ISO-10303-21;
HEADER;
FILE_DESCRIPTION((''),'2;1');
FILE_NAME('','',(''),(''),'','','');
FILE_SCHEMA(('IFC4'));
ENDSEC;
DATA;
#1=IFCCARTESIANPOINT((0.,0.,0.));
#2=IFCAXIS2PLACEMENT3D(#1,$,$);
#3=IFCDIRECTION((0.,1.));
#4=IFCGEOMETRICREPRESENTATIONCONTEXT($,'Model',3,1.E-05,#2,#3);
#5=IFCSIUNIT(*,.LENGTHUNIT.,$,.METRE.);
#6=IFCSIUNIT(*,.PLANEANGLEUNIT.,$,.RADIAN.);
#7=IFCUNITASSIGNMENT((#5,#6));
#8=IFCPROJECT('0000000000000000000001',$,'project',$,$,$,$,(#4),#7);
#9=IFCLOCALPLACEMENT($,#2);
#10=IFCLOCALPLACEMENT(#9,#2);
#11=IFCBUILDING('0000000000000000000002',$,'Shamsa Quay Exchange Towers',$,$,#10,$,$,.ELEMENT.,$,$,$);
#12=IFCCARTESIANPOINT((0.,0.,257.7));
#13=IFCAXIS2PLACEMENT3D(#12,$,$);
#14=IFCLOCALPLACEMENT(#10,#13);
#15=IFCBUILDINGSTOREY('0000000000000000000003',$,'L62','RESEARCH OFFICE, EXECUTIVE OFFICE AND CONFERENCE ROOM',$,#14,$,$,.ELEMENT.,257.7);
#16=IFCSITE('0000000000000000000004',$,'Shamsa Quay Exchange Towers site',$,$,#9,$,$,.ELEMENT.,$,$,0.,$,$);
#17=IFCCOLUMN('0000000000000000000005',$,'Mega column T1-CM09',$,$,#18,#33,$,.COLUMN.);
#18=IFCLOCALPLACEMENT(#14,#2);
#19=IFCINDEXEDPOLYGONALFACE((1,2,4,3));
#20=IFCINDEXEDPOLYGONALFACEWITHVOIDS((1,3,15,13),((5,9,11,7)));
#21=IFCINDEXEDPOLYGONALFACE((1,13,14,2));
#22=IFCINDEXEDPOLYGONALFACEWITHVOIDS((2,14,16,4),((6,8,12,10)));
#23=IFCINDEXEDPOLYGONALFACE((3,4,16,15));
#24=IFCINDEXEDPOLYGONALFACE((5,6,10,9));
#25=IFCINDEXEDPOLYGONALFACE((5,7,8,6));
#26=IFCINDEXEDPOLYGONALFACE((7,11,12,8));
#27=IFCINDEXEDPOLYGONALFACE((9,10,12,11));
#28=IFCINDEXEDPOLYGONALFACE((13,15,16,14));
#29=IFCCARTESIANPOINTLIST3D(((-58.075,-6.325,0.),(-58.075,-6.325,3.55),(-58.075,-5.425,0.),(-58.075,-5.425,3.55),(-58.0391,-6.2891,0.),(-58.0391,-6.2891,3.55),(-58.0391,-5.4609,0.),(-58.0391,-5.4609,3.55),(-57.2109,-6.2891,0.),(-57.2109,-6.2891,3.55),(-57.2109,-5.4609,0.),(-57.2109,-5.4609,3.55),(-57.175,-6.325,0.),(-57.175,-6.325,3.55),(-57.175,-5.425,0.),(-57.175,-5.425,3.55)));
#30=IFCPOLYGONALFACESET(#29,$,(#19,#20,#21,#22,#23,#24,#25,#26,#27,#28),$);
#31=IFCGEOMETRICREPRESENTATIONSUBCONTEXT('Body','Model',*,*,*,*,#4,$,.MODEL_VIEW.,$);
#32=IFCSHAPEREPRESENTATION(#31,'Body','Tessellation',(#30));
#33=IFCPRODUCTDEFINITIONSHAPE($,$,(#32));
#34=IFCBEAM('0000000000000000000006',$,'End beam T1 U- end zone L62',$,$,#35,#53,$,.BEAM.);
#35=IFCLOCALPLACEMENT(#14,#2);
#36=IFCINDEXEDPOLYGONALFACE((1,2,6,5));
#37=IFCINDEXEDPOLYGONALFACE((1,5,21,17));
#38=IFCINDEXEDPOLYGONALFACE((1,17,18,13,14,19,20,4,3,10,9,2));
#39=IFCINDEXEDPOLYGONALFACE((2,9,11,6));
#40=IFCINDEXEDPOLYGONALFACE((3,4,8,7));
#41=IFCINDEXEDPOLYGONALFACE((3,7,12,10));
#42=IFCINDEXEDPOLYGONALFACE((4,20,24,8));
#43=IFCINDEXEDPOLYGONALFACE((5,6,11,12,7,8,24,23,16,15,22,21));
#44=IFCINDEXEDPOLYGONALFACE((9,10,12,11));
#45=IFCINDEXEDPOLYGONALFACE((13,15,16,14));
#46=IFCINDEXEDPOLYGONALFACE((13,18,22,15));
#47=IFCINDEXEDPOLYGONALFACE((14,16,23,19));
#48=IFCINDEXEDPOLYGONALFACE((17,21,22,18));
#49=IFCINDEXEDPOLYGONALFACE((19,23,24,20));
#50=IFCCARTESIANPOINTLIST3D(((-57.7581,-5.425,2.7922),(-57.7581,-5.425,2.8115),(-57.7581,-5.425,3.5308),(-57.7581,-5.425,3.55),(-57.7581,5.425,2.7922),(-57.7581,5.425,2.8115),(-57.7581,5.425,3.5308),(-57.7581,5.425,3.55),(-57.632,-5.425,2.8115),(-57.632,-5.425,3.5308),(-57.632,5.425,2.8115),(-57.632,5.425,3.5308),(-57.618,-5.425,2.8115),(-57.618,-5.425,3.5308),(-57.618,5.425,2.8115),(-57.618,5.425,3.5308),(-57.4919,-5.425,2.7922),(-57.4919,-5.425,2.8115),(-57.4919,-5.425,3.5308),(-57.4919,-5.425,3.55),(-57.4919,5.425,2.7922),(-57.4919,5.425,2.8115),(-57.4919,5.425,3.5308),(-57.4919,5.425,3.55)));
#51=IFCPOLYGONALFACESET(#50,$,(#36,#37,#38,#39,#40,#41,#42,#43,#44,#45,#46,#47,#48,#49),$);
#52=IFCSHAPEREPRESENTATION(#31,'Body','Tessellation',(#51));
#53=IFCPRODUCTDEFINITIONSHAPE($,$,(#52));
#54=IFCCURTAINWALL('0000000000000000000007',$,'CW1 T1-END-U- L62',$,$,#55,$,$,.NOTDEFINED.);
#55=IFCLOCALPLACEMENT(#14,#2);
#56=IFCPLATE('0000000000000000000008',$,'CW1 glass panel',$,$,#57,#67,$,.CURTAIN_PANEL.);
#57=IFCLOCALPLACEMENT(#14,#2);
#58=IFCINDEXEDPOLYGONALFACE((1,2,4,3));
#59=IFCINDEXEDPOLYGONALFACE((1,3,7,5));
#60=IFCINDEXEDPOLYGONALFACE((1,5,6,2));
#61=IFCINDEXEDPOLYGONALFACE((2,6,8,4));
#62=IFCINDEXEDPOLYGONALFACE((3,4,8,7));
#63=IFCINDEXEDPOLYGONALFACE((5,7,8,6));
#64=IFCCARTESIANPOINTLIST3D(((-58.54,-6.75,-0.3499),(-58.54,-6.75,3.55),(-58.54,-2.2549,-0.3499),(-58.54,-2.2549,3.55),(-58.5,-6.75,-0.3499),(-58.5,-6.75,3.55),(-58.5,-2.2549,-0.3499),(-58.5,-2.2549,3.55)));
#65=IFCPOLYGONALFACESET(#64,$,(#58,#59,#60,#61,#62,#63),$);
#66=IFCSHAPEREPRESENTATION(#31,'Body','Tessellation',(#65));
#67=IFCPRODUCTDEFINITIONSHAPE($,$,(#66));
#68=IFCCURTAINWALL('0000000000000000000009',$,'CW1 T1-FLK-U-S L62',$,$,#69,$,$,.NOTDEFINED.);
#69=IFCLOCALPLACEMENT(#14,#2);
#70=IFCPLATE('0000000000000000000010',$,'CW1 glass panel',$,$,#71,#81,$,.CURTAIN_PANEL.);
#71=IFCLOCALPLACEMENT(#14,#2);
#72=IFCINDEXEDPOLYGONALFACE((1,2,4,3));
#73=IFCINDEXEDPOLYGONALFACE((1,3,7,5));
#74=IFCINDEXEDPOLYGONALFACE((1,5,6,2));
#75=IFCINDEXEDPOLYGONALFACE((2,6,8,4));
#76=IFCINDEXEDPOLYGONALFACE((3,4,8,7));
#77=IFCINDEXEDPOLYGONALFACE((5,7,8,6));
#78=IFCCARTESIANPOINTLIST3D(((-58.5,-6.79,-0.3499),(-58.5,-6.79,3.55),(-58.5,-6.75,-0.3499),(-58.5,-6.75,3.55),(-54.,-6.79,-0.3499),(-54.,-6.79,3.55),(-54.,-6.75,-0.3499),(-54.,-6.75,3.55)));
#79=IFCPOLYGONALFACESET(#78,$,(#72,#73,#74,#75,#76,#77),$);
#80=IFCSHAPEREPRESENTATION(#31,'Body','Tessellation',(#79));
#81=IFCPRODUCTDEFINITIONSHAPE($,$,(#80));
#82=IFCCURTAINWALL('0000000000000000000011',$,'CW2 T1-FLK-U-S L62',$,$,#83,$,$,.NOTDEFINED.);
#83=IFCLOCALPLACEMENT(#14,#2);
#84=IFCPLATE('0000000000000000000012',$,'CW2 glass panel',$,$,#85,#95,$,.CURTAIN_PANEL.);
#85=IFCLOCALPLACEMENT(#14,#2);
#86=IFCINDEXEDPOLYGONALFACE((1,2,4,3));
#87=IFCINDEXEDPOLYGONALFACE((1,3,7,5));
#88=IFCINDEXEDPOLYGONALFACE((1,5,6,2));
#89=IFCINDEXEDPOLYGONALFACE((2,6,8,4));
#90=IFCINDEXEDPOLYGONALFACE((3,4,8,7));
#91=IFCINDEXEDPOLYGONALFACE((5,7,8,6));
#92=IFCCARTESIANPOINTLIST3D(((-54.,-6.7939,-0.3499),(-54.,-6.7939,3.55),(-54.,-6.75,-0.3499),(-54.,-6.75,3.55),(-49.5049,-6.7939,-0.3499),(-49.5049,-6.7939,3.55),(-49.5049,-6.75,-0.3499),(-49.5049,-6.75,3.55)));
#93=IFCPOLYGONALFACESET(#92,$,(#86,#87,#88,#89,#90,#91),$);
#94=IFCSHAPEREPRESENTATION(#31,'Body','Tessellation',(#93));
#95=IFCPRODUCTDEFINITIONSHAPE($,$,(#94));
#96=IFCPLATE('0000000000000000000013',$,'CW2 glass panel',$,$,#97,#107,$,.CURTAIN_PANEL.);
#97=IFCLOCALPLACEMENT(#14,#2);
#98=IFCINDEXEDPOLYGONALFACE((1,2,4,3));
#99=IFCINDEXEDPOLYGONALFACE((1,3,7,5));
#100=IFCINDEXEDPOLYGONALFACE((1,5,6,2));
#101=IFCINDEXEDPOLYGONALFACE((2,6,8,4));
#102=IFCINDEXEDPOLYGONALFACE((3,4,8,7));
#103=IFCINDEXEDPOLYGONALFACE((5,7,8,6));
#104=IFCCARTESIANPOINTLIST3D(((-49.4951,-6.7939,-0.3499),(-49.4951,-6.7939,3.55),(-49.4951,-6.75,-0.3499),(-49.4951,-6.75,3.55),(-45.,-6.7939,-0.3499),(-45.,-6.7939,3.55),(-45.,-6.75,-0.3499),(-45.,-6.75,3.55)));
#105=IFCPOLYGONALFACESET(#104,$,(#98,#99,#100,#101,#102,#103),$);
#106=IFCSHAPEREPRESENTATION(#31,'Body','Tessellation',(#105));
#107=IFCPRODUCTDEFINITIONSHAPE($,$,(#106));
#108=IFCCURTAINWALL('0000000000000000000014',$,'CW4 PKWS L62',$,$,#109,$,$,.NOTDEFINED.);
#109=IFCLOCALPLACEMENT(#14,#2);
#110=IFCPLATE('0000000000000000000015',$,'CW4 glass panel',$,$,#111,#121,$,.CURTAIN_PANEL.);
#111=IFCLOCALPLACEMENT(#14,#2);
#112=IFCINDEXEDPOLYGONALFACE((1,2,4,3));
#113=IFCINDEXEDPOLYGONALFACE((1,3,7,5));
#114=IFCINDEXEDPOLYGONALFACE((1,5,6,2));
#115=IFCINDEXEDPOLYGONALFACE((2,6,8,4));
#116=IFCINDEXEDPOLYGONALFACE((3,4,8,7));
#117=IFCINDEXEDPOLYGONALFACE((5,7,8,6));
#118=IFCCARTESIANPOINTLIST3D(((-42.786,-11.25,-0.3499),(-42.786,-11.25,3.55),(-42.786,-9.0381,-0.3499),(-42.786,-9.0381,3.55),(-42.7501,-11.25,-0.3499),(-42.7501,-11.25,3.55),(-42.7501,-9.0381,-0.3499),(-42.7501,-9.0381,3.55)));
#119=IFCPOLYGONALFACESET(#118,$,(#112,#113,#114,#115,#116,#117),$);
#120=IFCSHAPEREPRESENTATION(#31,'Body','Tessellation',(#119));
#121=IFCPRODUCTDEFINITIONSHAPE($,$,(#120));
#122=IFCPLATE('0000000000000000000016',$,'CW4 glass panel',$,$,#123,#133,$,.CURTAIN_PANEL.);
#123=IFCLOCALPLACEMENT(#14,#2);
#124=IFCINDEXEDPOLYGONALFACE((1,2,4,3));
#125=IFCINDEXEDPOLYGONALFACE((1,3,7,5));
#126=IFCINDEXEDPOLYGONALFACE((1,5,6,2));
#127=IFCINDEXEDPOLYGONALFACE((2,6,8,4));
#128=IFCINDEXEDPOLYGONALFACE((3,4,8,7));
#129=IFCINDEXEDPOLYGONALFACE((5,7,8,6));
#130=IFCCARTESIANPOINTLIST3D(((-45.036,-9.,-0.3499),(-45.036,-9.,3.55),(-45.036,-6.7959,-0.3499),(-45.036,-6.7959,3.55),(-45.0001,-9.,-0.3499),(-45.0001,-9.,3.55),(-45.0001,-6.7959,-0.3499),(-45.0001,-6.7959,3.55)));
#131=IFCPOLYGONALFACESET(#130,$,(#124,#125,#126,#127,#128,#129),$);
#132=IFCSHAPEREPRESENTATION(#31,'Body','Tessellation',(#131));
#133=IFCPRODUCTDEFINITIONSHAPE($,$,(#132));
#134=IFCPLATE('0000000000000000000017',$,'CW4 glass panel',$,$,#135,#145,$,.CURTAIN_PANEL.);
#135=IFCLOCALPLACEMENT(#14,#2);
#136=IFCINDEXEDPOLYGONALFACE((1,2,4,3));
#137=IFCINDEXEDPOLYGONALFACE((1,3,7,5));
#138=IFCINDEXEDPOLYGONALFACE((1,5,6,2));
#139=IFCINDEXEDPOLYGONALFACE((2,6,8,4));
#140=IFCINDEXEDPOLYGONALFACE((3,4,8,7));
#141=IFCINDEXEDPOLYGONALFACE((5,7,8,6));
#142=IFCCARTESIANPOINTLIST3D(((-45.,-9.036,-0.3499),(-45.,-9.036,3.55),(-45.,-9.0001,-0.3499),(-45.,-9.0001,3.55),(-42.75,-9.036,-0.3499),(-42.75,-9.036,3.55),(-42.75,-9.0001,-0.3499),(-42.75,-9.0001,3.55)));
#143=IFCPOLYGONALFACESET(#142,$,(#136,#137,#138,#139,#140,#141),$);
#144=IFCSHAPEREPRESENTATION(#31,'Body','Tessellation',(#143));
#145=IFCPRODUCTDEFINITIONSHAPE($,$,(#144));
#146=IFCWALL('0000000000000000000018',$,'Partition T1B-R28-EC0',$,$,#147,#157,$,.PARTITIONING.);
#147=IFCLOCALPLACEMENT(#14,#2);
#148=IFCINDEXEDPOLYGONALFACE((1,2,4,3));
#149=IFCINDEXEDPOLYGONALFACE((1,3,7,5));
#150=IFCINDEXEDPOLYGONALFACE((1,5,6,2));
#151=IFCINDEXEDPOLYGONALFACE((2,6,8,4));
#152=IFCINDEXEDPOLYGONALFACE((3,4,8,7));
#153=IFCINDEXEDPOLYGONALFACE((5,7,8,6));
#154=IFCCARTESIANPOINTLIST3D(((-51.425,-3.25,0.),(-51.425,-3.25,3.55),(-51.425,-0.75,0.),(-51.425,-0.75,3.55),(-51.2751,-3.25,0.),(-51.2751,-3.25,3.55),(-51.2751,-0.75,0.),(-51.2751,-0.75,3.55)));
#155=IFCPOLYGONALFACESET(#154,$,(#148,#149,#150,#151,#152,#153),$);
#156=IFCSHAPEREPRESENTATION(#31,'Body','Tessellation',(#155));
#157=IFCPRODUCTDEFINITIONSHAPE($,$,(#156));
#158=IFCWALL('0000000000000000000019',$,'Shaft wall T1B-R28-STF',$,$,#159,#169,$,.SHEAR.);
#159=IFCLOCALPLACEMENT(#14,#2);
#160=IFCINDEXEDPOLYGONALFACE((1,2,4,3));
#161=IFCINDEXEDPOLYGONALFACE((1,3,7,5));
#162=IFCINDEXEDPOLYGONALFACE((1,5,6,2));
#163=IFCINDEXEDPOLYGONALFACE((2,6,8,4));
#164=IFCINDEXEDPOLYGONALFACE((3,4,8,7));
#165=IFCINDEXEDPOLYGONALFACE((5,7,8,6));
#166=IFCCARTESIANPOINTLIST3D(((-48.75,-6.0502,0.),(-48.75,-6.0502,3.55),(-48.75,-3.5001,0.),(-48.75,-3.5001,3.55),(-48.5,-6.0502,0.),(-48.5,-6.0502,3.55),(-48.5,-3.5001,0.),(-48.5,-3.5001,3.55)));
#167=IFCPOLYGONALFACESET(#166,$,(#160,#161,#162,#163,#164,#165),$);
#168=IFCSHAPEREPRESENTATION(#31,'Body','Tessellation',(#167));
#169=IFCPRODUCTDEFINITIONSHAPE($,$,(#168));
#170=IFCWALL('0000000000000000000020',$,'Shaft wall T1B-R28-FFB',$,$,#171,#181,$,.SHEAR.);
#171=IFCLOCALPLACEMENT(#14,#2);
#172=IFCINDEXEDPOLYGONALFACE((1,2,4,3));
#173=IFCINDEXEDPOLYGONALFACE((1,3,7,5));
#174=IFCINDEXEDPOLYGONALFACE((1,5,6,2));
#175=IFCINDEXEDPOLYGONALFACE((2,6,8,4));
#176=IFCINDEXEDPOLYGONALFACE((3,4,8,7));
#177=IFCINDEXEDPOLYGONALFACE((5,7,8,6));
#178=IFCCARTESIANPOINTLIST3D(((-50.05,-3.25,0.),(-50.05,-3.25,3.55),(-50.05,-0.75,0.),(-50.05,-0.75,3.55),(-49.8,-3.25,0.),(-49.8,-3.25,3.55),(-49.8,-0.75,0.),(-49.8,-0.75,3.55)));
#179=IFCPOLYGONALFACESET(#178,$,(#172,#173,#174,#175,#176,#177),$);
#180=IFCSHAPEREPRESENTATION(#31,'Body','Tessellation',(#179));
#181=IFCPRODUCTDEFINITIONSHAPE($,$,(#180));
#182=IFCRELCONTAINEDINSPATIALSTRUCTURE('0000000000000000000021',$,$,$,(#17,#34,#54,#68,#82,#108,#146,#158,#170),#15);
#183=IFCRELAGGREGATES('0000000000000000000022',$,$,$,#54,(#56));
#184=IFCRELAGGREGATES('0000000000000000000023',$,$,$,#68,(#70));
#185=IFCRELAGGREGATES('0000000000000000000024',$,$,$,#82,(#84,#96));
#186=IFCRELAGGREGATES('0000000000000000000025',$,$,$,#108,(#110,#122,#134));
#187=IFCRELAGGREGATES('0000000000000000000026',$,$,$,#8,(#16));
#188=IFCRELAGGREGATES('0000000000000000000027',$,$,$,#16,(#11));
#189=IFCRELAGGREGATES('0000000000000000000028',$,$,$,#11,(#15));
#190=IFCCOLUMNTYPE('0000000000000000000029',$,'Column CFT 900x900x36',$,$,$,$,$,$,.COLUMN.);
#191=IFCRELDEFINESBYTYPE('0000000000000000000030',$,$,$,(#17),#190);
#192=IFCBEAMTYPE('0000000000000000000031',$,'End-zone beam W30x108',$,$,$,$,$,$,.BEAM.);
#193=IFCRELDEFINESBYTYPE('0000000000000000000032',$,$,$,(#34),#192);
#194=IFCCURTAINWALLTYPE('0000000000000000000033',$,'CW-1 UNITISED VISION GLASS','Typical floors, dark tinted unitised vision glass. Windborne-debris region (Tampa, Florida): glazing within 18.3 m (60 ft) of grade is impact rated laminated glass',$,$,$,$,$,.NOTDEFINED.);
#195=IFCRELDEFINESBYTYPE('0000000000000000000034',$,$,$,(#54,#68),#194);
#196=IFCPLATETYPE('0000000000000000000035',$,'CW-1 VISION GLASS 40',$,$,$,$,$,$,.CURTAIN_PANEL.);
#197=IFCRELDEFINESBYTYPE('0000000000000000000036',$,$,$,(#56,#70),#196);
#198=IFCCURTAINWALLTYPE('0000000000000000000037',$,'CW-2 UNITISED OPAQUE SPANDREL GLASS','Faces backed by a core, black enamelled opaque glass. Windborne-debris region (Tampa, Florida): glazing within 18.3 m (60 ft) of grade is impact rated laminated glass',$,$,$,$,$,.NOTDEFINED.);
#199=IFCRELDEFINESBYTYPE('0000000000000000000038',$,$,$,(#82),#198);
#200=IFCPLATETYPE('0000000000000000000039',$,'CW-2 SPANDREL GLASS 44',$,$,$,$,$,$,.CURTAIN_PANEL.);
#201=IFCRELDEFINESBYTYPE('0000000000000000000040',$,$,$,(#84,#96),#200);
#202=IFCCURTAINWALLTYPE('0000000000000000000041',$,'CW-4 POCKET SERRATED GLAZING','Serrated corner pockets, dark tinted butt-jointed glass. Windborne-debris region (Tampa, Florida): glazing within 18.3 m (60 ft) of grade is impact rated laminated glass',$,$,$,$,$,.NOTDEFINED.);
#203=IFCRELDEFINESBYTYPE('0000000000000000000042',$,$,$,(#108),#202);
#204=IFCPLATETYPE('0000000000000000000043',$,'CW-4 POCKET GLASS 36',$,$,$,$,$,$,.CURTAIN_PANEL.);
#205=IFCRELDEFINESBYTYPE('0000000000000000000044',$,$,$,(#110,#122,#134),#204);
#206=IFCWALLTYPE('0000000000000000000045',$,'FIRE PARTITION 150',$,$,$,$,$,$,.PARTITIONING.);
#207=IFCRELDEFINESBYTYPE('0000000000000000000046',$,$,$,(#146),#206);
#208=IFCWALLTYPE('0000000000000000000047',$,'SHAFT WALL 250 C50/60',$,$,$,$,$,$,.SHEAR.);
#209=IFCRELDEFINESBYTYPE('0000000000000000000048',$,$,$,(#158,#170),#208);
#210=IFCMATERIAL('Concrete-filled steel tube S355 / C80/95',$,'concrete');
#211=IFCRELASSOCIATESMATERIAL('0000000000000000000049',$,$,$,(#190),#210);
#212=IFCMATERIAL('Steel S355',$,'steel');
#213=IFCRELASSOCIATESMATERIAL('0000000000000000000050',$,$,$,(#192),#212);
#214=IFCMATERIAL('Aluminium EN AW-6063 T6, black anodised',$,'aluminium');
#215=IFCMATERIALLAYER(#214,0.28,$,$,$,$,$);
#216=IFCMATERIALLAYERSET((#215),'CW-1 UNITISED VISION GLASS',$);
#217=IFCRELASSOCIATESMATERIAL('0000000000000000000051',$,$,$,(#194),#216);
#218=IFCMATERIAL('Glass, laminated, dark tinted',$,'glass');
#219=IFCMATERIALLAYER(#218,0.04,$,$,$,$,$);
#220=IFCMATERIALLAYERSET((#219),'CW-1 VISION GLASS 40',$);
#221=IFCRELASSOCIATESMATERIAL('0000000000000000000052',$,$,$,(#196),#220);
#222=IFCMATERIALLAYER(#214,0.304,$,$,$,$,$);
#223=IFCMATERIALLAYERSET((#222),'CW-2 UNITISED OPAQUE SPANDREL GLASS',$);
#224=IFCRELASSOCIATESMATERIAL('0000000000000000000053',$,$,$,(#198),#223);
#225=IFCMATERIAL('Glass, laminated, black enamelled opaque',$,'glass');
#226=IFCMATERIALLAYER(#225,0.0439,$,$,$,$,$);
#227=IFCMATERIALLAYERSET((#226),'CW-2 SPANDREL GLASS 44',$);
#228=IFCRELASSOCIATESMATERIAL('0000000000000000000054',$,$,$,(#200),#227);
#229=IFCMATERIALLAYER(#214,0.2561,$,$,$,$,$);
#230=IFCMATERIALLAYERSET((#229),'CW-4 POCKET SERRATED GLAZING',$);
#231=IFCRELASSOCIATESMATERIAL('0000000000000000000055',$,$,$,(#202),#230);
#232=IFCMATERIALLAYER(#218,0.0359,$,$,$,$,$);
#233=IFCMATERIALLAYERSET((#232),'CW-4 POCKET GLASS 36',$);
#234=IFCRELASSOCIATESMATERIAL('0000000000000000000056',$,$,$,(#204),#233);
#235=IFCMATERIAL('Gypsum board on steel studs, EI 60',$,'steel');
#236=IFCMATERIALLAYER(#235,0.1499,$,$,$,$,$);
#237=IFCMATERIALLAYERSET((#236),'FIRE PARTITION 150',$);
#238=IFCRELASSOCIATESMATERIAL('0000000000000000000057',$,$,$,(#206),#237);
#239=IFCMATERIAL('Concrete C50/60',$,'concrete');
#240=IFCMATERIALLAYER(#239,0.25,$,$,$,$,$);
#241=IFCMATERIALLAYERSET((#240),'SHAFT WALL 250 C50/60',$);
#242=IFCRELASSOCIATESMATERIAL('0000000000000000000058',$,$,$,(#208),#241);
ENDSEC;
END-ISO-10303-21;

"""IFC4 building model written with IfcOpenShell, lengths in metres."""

from ifc_helpers import new_model, si_unit, direction, frame, frame_2d, origin, origin_2d, place, context, subcontext, project, spatial, rectangle, hollow_rectangle, i_section, extrude, material, layer, layer_set, material_profile, profile_set, type_object, element, aggregate, save


model = new_model("IFC4")

# Units and contexts
model_context = context("Model", 3, precision=1e-05, world=origin(), true_north=direction((0.0, 1.0)))
body_context = subcontext(model_context, "Body", "Model", "MODEL_VIEW")
ifc_project = project(units=[si_unit("LENGTHUNIT", "METRE"), si_unit("PLANEANGLEUNIT", "RADIAN")], contexts=[model_context])

# Site, building, storey
site_placement = place(None, origin())
site = spatial("IfcSite", under=ifc_project, at=site_placement, Name="Shamsa Quay Exchange Towers site", CompositionType="ELEMENT", RefElevation=0.0)
building_placement = place(site_placement, origin())
building = spatial("IfcBuilding", under=site, at=building_placement, Name="Shamsa Quay Exchange Towers", CompositionType="ELEMENT")
storey_placement = place(building_placement, frame((0.0, 0.0, 257.7)))
storey = spatial("IfcBuildingStorey", under=building, at=storey_placement, Name="L62", Description="RESEARCH OFFICE, EXECUTIVE OFFICE AND CONFERENCE ROOM", CompositionType="ELEMENT", Elevation=257.7)

# Column
ifc_material_1 = material(Name="Concrete-filled steel tube S355 / C80/95", Category="concrete")
ifc_material_profile_1 = material_profile(ifc_material_1, hollow_rectangle(XDim=0.8999, YDim=0.8999, WallThickness=0.0359, at=origin_2d()), Name="CFT 900x900x36")
ifc_profile_set_1 = profile_set([ifc_material_profile_1], Name="Concrete-filled steel tube S355 / C80/95")
column_type = type_object("IfcColumnType", Name="Column CFT 900x900x36", PredefinedType="COLUMN", material=ifc_profile_set_1)
column_placement = place(storey_placement, frame((-57.625, -5.875, 0.0)))
element("IfcColumn", 1, at=column_placement, inside=storey, type_object=column_type, Name="Mega column T1-CM09", PredefinedType="COLUMN", context=body_context, shape_type="SweptSolid", body=[
    extrude(hollow_rectangle(XDim=0.8999, YDim=0.8999, WallThickness=0.0359, at=origin_2d()), origin(), (0.0, 0.0, 1.0), 3.55),
])

# Beam
ifc_material_2 = material(Name="Steel S355", Category="steel")
ifc_material_profile_2 = material_profile(ifc_material_2, i_section(OverallWidth=0.2661, OverallDepth=0.7578, WebThickness=0.0139, FlangeThickness=0.0193, at=origin_2d()), Name="W30x108")
ifc_profile_set_2 = profile_set([ifc_material_profile_2], Name="Steel S355")
beam_type = type_object("IfcBeamType", Name="End-zone beam W30x108", PredefinedType="BEAM", material=ifc_profile_set_2)
beam_placement = place(storey_placement, frame((-57.625, -5.425, 3.1711), z_axis=(0.0, 1.0, 0.0), x_axis=(-1.0, 0.0, 0.0)))
element("IfcBeam", 2, at=beam_placement, inside=storey, type_object=beam_type, Name="End beam T1 U- end zone L62", PredefinedType="BEAM", context=body_context, shape_type="SweptSolid", body=[
    extrude(i_section(OverallWidth=0.2661, OverallDepth=0.7578, WebThickness=0.0139, FlangeThickness=0.0193, at=origin_2d()), origin(), (0.0, 0.0, 1.0), 10.8501),
])

# Curtain walls, plates
ifc_material_3 = material(Name="Aluminium EN AW-6063 T6, black anodised", Category="aluminium")
ifc_layer_1 = layer(ifc_material_3, 0.28)
ifc_layer_set_1 = layer_set([ifc_layer_1], Name="CW-1 UNITISED VISION GLASS")
curtain_wall_type_1 = type_object("IfcCurtainWallType", Name="CW-1 UNITISED VISION GLASS", Description="Typical floors, dark tinted unitised vision glass. Windborne-debris region (Tampa, Florida): glazing within 18.3 m (60 ft) of grade is impact rated laminated glass", PredefinedType="NOTDEFINED", material=ifc_layer_set_1)
curtain_wall_1_placement = place(storey_placement, origin())
curtain_wall_1 = element("IfcCurtainWall", 3, at=curtain_wall_1_placement, inside=storey, type_object=curtain_wall_type_1, Name="CW1 T1-END-U- L62", PredefinedType="NOTDEFINED")
ifc_material_4 = material(Name="Glass, laminated, dark tinted", Category="glass")
ifc_layer_2 = layer(ifc_material_4, 0.04)
ifc_layer_set_2 = layer_set([ifc_layer_2], Name="CW-1 VISION GLASS 40")
plate_type_1 = type_object("IfcPlateType", Name="CW-1 VISION GLASS 40", PredefinedType="CURTAIN_PANEL", material=ifc_layer_set_2)
plate_1_placement = place(storey_placement, frame((-58.52, -4.5024, -0.3499), z_axis=(0.0, 0.0, 1.0), x_axis=(0.0, -1.0, 0.0)))
plate_1 = element("IfcPlate", 4, at=plate_1_placement, type_object=plate_type_1, Name="CW1 glass panel", PredefinedType="CURTAIN_PANEL", context=body_context, shape_type="SweptSolid", body=[
    extrude(rectangle(XDim=4.4951, YDim=0.04, at=origin_2d()), origin(), (0.0, 0.0, 1.0), 3.8999),
])
aggregate(curtain_wall_1, [plate_1])
curtain_wall_2_placement = place(storey_placement, origin())
curtain_wall_2 = element("IfcCurtainWall", 5, at=curtain_wall_2_placement, inside=storey, type_object=curtain_wall_type_1, Name="CW1 T1-FLK-U-S L62", PredefinedType="NOTDEFINED")
plate_2_placement = place(storey_placement, frame((-56.25, -6.77, -0.3499)))
plate_2 = element("IfcPlate", 6, at=plate_2_placement, type_object=plate_type_1, Name="CW1 glass panel", PredefinedType="CURTAIN_PANEL", context=body_context, shape_type="SweptSolid", body=[
    extrude(rectangle(XDim=4.5, YDim=0.04, at=origin_2d()), origin(), (0.0, 0.0, 1.0), 3.8999),
])
aggregate(curtain_wall_2, [plate_2])

# Curtain walls, plates
ifc_layer_3 = layer(ifc_material_3, 0.304)
ifc_layer_set_3 = layer_set([ifc_layer_3], Name="CW-2 UNITISED OPAQUE SPANDREL GLASS")
curtain_wall_type_2 = type_object("IfcCurtainWallType", Name="CW-2 UNITISED OPAQUE SPANDREL GLASS", Description="Faces backed by a core, black enamelled opaque glass. Windborne-debris region (Tampa, Florida): glazing within 18.3 m (60 ft) of grade is impact rated laminated glass", PredefinedType="NOTDEFINED", material=ifc_layer_set_3)
curtain_wall_3_placement = place(storey_placement, origin())
curtain_wall_3 = element("IfcCurtainWall", 7, at=curtain_wall_3_placement, inside=storey, type_object=curtain_wall_type_2, Name="CW2 T1-FLK-U-S L62", PredefinedType="NOTDEFINED")
ifc_material_5 = material(Name="Glass, laminated, black enamelled opaque", Category="glass")
ifc_layer_4 = layer(ifc_material_5, 0.0439)
ifc_layer_set_4 = layer_set([ifc_layer_4], Name="CW-2 SPANDREL GLASS 44")
plate_type_2 = type_object("IfcPlateType", Name="CW-2 SPANDREL GLASS 44", PredefinedType="CURTAIN_PANEL", material=ifc_layer_set_4)
plate_3_placement = place(storey_placement, frame((-51.7524, -6.772, -0.3499)))
plate_3 = element("IfcPlate", 8, at=plate_3_placement, type_object=plate_type_2, Name="CW2 glass panel", PredefinedType="CURTAIN_PANEL", context=body_context, shape_type="SweptSolid", body=[
    extrude(rectangle(XDim=4.4951, YDim=0.0439, at=origin_2d()), origin(), (0.0, 0.0, 1.0), 3.8999),
])
plate_4_placement = place(storey_placement, frame((-47.2476, -6.772, -0.3499)))
plate_4 = element("IfcPlate", 9, at=plate_4_placement, type_object=plate_type_2, Name="CW2 glass panel", PredefinedType="CURTAIN_PANEL", context=body_context, shape_type="SweptSolid", body=[
    extrude(rectangle(XDim=4.4951, YDim=0.0439, at=origin_2d()), origin(), (0.0, 0.0, 1.0), 3.8999),
])
aggregate(curtain_wall_3, [plate_3, plate_4])
ifc_layer_5 = layer(ifc_material_3, 0.2561)
ifc_layer_set_5 = layer_set([ifc_layer_5], Name="CW-4 POCKET SERRATED GLAZING")
curtain_wall_type_3 = type_object("IfcCurtainWallType", Name="CW-4 POCKET SERRATED GLAZING", Description="Serrated corner pockets, dark tinted butt-jointed glass. Windborne-debris region (Tampa, Florida): glazing within 18.3 m (60 ft) of grade is impact rated laminated glass", PredefinedType="NOTDEFINED", material=ifc_layer_set_5)
curtain_wall_4_placement = place(storey_placement, origin())
curtain_wall_4 = element("IfcCurtainWall", 10, at=curtain_wall_4_placement, inside=storey, type_object=curtain_wall_type_3, Name="CW4 PKWS L62", PredefinedType="NOTDEFINED")
ifc_layer_6 = layer(ifc_material_4, 0.0359)
ifc_layer_set_6 = layer_set([ifc_layer_6], Name="CW-4 POCKET GLASS 36")
plate_type_3 = type_object("IfcPlateType", Name="CW-4 POCKET GLASS 36", PredefinedType="CURTAIN_PANEL", material=ifc_layer_set_6)
plate_5_placement = place(storey_placement, frame((-42.7681, -10.144, -0.3499), z_axis=(0.0, 0.0, 1.0), x_axis=(0.0, -1.0, 0.0)))
plate_5 = element("IfcPlate", 11, at=plate_5_placement, type_object=plate_type_3, Name="CW4 glass panel", PredefinedType="CURTAIN_PANEL", context=body_context, shape_type="SweptSolid", body=[
    extrude(rectangle(XDim=2.2119, YDim=0.0359, at=origin_2d()), origin(), (0.0, 0.0, 1.0), 3.8999),
])
plate_6_placement = place(storey_placement, frame((-45.0181, -7.8979, -0.3499), z_axis=(0.0, 0.0, 1.0), x_axis=(0.0, -1.0, 0.0)))
plate_6 = element("IfcPlate", 12, at=plate_6_placement, type_object=plate_type_3, Name="CW4 glass panel", PredefinedType="CURTAIN_PANEL", context=body_context, shape_type="SweptSolid", body=[
    extrude(rectangle(XDim=2.2041, YDim=0.0359, at=origin_2d()), origin(), (0.0, 0.0, 1.0), 3.8999),
])
plate_7_placement = place(storey_placement, frame((-43.875, -9.0181, -0.3499)))
plate_7 = element("IfcPlate", 13, at=plate_7_placement, type_object=plate_type_3, Name="CW4 glass panel", PredefinedType="CURTAIN_PANEL", context=body_context, shape_type="SweptSolid", body=[
    extrude(rectangle(XDim=2.25, YDim=0.0359, at=origin_2d()), origin(), (0.0, 0.0, 1.0), 3.8999),
])
aggregate(curtain_wall_4, [plate_5, plate_6, plate_7])

# Walls
ifc_material_6 = material(Name="Gypsum board on steel studs, EI 60", Category="steel")
ifc_layer_7 = layer(ifc_material_6, 0.1499)
ifc_layer_set_7 = layer_set([ifc_layer_7], Name="FIRE PARTITION 150")
wall_type_1 = type_object("IfcWallType", Name="FIRE PARTITION 150", PredefinedType="PARTITIONING", material=ifc_layer_set_7)
wall_1_placement = place(storey_placement, frame((-51.3501, -3.25, 0.0), z_axis=(0.0, 0.0, 1.0), x_axis=(0.0, 1.0, 0.0)))
element("IfcWall", 14, at=wall_1_placement, inside=storey, type_object=wall_type_1, Name="Partition T1B-R28-EC0", PredefinedType="PARTITIONING", context=body_context, shape_type="SweptSolid", body=[
    extrude(rectangle(XDim=2.5, YDim=0.1499, at=frame_2d((1.25, 0.0))), origin(), (0.0, 0.0, 1.0), 3.55),
])
ifc_material_7 = material(Name="Concrete C50/60", Category="concrete")
ifc_layer_8 = layer(ifc_material_7, 0.25)
ifc_layer_set_8 = layer_set([ifc_layer_8], Name="SHAFT WALL 250 C50/60")
wall_type_2 = type_object("IfcWallType", Name="SHAFT WALL 250 C50/60", PredefinedType="SHEAR", material=ifc_layer_set_8)
wall_2_placement = place(storey_placement, frame((-48.625, -6.05, 0.0), z_axis=(0.0, 0.0, 1.0), x_axis=(0.0, 1.0, 0.0)))
element("IfcWall", 15, at=wall_2_placement, inside=storey, type_object=wall_type_2, Name="Shaft wall T1B-R28-STF", PredefinedType="SHEAR", context=body_context, shape_type="SweptSolid", body=[
    extrude(rectangle(XDim=2.55, YDim=0.25, at=frame_2d((1.2749, 0.0))), origin(), (0.0, 0.0, 1.0), 3.55),
])

# Wall
wall_3_placement = place(storey_placement, frame((-49.925, -3.25, 0.0), z_axis=(0.0, 0.0, 1.0), x_axis=(0.0, 1.0, 0.0)))
element("IfcWall", 16, at=wall_3_placement, inside=storey, type_object=wall_type_2, Name="Shaft wall T1B-R28-FFB", PredefinedType="SHEAR", context=body_context, shape_type="SweptSolid", body=[
    extrude(rectangle(XDim=2.5, YDim=0.25, at=frame_2d((1.25, 0.0))), origin(), (0.0, 0.0, 1.0), 3.55),
])

save(model, "model.ifc")
